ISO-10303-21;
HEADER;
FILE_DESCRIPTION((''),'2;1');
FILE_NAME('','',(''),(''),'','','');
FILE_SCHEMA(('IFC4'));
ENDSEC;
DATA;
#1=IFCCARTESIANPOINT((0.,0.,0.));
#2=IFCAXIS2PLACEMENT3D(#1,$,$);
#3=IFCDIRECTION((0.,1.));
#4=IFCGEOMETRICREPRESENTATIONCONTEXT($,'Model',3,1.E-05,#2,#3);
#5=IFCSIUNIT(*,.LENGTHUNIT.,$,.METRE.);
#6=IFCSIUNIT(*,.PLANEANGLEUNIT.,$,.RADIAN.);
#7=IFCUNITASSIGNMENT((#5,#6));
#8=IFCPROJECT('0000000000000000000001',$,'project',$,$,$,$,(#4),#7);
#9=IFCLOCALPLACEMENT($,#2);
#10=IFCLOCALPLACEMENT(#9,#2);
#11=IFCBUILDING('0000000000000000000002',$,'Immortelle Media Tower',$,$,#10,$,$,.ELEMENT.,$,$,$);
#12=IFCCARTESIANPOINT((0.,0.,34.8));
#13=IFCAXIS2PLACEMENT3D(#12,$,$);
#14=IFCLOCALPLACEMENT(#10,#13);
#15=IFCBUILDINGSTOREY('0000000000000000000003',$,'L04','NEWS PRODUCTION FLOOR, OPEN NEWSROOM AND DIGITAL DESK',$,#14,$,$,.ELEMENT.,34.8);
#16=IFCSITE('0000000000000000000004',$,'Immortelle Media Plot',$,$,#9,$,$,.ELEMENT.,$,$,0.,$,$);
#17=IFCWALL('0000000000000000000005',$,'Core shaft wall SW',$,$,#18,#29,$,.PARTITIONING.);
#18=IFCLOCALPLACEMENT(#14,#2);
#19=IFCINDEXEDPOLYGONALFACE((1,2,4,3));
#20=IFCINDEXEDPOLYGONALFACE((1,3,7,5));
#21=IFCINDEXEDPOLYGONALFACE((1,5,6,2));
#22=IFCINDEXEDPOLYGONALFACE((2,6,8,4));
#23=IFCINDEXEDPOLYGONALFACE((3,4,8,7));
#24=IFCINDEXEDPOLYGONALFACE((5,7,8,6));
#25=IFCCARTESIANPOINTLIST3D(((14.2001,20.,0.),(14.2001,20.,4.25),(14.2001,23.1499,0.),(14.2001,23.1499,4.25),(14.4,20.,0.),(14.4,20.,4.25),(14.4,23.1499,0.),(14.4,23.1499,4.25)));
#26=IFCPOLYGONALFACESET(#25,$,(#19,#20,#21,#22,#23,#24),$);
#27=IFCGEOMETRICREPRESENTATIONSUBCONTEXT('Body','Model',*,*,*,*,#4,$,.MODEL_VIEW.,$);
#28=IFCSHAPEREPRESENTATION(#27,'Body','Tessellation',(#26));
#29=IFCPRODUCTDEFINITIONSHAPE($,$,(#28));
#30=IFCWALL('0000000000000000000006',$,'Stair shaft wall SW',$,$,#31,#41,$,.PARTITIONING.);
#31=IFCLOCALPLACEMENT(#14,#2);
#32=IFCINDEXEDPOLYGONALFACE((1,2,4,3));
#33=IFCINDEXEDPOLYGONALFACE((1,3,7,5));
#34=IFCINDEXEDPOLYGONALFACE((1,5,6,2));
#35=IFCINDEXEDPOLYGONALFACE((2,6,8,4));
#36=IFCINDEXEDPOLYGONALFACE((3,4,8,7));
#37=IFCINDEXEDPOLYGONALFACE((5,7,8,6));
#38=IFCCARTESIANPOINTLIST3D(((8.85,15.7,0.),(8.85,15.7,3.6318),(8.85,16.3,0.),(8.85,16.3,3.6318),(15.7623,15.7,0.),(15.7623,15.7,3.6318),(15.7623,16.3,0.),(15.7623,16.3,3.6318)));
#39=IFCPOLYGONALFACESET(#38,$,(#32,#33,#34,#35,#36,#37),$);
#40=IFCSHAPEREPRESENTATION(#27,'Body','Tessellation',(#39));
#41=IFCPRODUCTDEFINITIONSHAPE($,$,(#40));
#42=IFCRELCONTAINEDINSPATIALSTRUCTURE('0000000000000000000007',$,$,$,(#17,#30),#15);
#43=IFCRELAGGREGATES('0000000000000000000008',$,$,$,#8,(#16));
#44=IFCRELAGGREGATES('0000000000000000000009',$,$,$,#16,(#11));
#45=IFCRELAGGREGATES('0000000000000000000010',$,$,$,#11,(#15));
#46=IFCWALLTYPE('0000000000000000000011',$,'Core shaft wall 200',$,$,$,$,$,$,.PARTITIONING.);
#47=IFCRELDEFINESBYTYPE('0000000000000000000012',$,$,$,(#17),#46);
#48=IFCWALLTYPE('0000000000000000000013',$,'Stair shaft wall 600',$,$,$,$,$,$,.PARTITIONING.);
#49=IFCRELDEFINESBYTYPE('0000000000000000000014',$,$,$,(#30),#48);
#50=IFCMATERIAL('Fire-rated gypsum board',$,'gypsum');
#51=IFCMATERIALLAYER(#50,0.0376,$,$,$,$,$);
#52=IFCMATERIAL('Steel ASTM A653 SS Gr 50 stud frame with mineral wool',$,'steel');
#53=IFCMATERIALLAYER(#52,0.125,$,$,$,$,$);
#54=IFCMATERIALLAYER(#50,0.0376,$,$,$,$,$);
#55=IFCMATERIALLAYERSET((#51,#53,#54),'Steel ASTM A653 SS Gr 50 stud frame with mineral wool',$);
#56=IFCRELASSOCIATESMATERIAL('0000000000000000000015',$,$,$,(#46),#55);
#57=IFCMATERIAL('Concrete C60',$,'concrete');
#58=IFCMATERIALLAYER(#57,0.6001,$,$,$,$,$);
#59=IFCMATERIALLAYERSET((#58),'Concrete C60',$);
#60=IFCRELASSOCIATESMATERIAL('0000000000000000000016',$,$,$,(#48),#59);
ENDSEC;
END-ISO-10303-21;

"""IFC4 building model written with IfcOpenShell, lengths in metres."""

from ifc_helpers import new_model, si_unit, direction, frame, frame_2d, origin, place, context, subcontext, project, spatial, rectangle, extrude, material, layer, layer_set, type_object, element, save


model = new_model("IFC4")

# Units and contexts
model_context = context("Model", 3, precision=1e-05, world=origin(), true_north=direction((0.0, 1.0)))
body_context = subcontext(model_context, "Body", "Model", "MODEL_VIEW")
ifc_project = project(units=[si_unit("LENGTHUNIT", "METRE"), si_unit("PLANEANGLEUNIT", "RADIAN")], contexts=[model_context])

# Site, building, storey
site_placement = place(None, origin())
site = spatial("IfcSite", under=ifc_project, at=site_placement, Name="Immortelle Media Plot", CompositionType="ELEMENT", RefElevation=0.0)
building_placement = place(site_placement, origin())
building = spatial("IfcBuilding", under=site, at=building_placement, Name="Immortelle Media Tower", CompositionType="ELEMENT")
storey_placement = place(building_placement, frame((0.0, 0.0, 34.8)))
storey = spatial("IfcBuildingStorey", under=building, at=storey_placement, Name="L04", Description="NEWS PRODUCTION FLOOR, OPEN NEWSROOM AND DIGITAL DESK", CompositionType="ELEMENT", Elevation=34.8)

# Shared definitions
ifc_material_1 = material(Name="Fire-rated gypsum board", Category="gypsum")
ifc_material_2 = material(Name="Steel ASTM A653 SS Gr 50 stud frame with mineral wool", Category="steel")

# Shared definitions
ifc_layer_1 = layer(ifc_material_1, 0.0376)
ifc_layer_2 = layer(ifc_material_2, 0.125)
ifc_layer_3 = layer(ifc_material_1, 0.0376)
ifc_layer_set_1 = layer_set([ifc_layer_1, ifc_layer_2, ifc_layer_3], Name="Steel ASTM A653 SS Gr 50 stud frame with mineral wool")
wall_type_1 = type_object("IfcWallType", Name="Core shaft wall 200", PredefinedType="PARTITIONING", material=ifc_layer_set_1)

# Walls
for number, where, z_axis, x_axis, name in (
    (1, (14.3, 20.0, 0.0), (0.0, 0.0, 1.0), (0.0, 1.0, 0.0), "Core shaft wall SW"),
):
    element("IfcWall", number, at=place(storey_placement, frame(where, z_axis=z_axis, x_axis=x_axis)), inside=storey, type_object=wall_type_1, Name=name, PredefinedType="PARTITIONING", context=body_context, shape_type="SweptSolid", body=[
        extrude(rectangle(XDim=3.1499, YDim=0.2, at=frame_2d((1.575, 0.0))), origin(), (0.0, 0.0, 1.0), 4.25),
    ])
ifc_material_3 = material(Name="Concrete C60", Category="concrete")
ifc_layer_4 = layer(ifc_material_3, 0.6001)
ifc_layer_set_2 = layer_set([ifc_layer_4], Name="Concrete C60")
wall_type_2 = type_object("IfcWallType", Name="Stair shaft wall 600", PredefinedType="PARTITIONING", material=ifc_layer_set_2)
wall_1_placement = place(storey_placement, frame((8.8501, 16.0, 0.0), z_axis=(0.0, 0.0, 1.0), x_axis=(1.0, 0.0, 0.0)))
element("IfcWall", 2, at=wall_1_placement, inside=storey, type_object=wall_type_2, Name="Stair shaft wall SW", PredefinedType="PARTITIONING", context=body_context, shape_type="SweptSolid", body=[
    extrude(rectangle(XDim=6.9124, YDim=0.6001, at=frame_2d((3.4561, 0.0))), origin(), (0.0, 0.0, 1.0), 3.6318),
])

save(model, "model.ifc")
